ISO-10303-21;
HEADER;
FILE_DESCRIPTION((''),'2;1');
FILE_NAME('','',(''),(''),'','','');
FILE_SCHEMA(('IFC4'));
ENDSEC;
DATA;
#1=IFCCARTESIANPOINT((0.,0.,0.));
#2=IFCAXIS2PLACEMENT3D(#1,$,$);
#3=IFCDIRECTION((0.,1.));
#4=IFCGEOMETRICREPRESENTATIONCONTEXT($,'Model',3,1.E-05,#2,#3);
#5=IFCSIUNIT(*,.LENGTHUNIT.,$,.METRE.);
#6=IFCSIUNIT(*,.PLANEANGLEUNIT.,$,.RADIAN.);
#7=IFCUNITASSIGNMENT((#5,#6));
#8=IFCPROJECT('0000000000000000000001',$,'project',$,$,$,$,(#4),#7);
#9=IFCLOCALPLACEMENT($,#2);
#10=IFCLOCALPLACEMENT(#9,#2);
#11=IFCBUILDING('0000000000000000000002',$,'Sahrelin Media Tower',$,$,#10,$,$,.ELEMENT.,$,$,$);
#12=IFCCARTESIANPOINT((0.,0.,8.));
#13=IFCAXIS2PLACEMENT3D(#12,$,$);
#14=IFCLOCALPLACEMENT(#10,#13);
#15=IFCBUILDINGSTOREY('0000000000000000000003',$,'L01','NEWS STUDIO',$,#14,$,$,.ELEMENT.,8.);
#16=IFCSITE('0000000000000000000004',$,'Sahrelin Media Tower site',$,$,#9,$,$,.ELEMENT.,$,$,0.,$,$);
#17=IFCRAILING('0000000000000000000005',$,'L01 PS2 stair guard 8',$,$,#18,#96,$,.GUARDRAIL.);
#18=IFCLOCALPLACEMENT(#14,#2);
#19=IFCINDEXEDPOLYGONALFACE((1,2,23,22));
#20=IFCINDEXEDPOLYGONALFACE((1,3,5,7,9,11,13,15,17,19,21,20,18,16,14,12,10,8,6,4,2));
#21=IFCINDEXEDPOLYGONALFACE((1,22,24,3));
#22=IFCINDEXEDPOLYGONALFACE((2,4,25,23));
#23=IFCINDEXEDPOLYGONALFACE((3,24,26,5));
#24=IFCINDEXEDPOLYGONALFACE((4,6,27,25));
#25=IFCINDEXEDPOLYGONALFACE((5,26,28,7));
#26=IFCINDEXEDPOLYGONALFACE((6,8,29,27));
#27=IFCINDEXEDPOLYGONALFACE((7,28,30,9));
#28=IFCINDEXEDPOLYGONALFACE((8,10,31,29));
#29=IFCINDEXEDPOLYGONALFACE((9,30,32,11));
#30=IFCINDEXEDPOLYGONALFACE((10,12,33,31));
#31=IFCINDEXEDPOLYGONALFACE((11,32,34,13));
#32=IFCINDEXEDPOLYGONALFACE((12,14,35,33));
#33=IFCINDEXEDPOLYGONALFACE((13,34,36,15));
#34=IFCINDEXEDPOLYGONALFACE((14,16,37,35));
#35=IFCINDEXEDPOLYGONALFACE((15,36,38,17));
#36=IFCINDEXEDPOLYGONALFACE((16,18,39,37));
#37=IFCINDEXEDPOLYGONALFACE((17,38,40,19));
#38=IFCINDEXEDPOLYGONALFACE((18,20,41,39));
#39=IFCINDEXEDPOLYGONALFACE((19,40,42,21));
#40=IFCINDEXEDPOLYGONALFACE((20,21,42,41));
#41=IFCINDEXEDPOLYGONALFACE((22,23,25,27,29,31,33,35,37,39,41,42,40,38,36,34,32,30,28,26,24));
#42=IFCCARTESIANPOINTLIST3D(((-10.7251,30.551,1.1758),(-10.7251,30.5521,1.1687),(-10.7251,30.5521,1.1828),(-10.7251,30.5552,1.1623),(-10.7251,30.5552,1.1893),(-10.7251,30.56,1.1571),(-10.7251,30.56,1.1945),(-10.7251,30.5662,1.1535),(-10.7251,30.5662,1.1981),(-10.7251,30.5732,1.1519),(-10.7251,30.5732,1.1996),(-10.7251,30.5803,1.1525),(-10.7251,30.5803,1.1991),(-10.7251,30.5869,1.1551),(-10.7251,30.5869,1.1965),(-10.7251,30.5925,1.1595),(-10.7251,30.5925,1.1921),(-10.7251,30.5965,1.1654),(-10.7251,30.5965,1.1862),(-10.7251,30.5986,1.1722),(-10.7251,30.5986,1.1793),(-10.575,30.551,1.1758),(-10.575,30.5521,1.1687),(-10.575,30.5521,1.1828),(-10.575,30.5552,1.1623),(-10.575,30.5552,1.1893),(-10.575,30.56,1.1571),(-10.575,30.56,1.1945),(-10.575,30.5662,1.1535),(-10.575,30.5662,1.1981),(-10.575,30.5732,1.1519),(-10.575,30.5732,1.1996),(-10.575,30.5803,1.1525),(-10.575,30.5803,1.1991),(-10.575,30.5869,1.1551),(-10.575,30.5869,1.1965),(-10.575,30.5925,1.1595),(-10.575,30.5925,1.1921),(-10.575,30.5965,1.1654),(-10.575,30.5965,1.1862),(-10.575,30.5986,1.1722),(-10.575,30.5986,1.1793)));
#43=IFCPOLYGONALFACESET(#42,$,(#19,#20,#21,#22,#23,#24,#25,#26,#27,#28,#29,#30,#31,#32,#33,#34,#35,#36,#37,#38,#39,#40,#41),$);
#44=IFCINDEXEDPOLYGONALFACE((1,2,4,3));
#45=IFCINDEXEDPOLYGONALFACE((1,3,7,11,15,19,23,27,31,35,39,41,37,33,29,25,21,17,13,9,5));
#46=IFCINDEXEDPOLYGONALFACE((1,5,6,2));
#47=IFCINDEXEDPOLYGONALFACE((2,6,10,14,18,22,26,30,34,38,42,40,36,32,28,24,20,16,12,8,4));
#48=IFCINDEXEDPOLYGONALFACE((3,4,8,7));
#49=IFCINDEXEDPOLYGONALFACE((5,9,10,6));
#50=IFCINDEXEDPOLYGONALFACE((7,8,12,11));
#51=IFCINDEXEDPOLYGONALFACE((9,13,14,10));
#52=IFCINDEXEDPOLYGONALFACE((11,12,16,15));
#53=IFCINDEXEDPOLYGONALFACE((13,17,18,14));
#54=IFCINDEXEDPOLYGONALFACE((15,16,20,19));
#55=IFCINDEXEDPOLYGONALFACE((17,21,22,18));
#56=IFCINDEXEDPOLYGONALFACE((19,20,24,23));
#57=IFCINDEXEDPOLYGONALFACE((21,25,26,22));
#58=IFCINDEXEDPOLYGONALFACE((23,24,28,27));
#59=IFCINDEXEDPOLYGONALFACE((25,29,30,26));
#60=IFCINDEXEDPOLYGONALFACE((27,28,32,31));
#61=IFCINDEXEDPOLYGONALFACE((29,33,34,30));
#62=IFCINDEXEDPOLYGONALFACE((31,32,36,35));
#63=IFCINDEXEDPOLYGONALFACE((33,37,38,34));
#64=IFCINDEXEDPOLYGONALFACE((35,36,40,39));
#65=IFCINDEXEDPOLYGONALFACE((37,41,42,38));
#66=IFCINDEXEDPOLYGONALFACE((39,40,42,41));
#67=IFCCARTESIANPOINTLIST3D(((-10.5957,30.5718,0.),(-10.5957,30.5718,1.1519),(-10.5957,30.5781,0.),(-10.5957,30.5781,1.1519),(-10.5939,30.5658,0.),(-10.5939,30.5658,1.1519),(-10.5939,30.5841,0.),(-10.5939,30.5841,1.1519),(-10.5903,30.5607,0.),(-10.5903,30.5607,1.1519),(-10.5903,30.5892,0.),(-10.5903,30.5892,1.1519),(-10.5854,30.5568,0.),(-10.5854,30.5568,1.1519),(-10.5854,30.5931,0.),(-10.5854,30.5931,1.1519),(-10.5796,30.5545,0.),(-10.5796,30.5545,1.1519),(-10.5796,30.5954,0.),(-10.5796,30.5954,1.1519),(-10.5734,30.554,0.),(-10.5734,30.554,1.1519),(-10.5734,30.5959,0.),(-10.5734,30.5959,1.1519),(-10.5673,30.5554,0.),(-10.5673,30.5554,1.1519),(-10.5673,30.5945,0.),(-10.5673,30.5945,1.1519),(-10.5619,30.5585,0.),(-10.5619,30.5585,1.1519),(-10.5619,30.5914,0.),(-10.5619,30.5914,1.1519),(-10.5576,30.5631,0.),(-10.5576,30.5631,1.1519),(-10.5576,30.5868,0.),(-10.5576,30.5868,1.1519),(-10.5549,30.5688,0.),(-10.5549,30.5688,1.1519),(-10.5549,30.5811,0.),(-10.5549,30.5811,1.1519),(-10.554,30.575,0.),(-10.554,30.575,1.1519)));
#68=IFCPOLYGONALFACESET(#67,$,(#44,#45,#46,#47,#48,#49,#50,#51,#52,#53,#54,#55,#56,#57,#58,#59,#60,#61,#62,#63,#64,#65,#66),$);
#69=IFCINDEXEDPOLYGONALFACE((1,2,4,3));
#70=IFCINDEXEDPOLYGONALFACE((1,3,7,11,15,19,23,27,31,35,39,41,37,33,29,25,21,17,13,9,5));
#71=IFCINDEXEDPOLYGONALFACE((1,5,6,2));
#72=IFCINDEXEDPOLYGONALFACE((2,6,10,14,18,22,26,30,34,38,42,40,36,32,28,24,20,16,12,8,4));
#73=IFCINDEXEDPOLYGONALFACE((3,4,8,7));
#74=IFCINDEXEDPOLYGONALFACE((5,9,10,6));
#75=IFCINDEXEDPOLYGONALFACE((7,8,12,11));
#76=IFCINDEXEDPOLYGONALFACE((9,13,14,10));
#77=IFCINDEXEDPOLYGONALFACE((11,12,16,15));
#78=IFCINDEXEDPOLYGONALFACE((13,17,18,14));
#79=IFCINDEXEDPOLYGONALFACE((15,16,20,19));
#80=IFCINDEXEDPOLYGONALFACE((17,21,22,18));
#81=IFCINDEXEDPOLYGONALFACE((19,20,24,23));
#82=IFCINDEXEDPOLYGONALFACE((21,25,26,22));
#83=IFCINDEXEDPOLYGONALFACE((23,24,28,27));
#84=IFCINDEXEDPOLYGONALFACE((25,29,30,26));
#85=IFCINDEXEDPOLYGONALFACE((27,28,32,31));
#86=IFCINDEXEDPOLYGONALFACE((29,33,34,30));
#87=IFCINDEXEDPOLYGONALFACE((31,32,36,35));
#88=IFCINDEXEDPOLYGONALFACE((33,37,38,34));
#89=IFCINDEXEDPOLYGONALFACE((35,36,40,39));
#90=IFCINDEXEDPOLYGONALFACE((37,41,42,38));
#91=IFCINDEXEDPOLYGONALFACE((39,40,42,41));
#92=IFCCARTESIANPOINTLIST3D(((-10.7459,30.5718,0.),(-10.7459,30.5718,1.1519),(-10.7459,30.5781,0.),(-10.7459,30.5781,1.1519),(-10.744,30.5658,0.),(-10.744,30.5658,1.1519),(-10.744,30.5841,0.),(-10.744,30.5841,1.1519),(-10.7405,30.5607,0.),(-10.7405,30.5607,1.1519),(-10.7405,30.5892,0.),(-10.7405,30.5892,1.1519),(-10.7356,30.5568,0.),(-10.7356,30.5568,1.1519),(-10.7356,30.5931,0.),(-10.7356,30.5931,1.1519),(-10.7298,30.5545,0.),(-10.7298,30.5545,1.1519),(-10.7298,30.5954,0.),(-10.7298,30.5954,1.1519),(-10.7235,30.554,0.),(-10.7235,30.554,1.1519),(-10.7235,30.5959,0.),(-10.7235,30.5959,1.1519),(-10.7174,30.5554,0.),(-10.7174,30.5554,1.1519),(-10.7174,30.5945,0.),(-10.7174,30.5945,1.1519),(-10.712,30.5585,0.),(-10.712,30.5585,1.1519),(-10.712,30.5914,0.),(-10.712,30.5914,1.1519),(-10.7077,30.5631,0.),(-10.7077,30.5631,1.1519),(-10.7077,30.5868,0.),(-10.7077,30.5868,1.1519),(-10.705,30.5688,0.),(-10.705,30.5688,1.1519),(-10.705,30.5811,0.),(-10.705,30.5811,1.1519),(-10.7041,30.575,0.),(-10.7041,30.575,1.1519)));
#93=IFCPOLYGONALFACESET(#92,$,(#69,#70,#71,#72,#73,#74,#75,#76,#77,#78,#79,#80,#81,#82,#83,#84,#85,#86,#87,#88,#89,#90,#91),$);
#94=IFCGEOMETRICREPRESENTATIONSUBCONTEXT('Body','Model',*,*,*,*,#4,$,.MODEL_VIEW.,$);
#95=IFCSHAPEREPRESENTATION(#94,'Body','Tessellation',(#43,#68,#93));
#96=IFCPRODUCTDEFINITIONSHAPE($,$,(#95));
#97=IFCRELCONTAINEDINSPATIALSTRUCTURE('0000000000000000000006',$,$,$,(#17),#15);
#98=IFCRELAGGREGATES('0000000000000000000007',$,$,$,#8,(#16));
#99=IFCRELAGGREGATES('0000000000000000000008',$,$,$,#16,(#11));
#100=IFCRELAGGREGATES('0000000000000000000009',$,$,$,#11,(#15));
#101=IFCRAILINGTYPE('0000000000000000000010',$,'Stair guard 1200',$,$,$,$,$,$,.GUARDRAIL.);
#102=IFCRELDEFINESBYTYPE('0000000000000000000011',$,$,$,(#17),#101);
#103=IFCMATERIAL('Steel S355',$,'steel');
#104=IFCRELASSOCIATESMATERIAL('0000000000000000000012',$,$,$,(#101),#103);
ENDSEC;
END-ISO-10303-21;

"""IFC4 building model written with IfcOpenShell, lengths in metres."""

from ifc_helpers import new_model, si_unit, direction, frame, origin, origin_2d, place, context, subcontext, project, spatial, circle, extrude, material, type_object, element, save


model = new_model("IFC4")

# Units and contexts
model_context = context("Model", 3, precision=1e-05, world=origin(), true_north=direction((0.0, 1.0)))
body_context = subcontext(model_context, "Body", "Model", "MODEL_VIEW")
ifc_project = project(units=[si_unit("LENGTHUNIT", "METRE"), si_unit("PLANEANGLEUNIT", "RADIAN")], contexts=[model_context])

# Site, building, storey
site_placement = place(None, origin())
site = spatial("IfcSite", under=ifc_project, at=site_placement, Name="Sahrelin Media Tower site", CompositionType="ELEMENT", RefElevation=0.0)
building_placement = place(site_placement, origin())
building = spatial("IfcBuilding", under=site, at=building_placement, Name="Sahrelin Media Tower", CompositionType="ELEMENT")
storey_placement = place(building_placement, frame((0.0, 0.0, 8.0)))
storey = spatial("IfcBuildingStorey", under=building, at=storey_placement, Name="L01", Description="NEWS STUDIO", CompositionType="ELEMENT", Elevation=8.0)

# Shared definitions
ifc_material_1 = material(Name="Steel S355", Category="steel")

# Railing
railing_type_1 = type_object("IfcRailingType", Name="Stair guard 1200", PredefinedType="GUARDRAIL", material=ifc_material_1)
railing_1_placement = place(storey_placement, frame((-10.575, 30.575, 0.0)))
element("IfcRailing", 1, at=railing_1_placement, inside=storey, type_object=railing_type_1, Name="L01 PS2 stair guard 8", PredefinedType="GUARDRAIL", context=body_context, shape_type="SweptSolid", body=[
    extrude(circle(Radius=0.0239, at=origin_2d()), frame((0.0, 0.0, 1.1758), z_axis=(-1.0, 0.0, 0.0), x_axis=(0.0, -1.0, 0.0)), (0.0, 0.0, 1.0), 0.1501),
    extrude(circle(Radius=0.021, at=origin_2d()), origin(), (0.0, 0.0, 1.0), 1.1519),
    extrude(circle(Radius=0.021, at=origin_2d()), frame((-0.1501, 0.0, 0.0)), (0.0, 0.0, 1.0), 1.1519),
])

save(model, "model.ifc")
